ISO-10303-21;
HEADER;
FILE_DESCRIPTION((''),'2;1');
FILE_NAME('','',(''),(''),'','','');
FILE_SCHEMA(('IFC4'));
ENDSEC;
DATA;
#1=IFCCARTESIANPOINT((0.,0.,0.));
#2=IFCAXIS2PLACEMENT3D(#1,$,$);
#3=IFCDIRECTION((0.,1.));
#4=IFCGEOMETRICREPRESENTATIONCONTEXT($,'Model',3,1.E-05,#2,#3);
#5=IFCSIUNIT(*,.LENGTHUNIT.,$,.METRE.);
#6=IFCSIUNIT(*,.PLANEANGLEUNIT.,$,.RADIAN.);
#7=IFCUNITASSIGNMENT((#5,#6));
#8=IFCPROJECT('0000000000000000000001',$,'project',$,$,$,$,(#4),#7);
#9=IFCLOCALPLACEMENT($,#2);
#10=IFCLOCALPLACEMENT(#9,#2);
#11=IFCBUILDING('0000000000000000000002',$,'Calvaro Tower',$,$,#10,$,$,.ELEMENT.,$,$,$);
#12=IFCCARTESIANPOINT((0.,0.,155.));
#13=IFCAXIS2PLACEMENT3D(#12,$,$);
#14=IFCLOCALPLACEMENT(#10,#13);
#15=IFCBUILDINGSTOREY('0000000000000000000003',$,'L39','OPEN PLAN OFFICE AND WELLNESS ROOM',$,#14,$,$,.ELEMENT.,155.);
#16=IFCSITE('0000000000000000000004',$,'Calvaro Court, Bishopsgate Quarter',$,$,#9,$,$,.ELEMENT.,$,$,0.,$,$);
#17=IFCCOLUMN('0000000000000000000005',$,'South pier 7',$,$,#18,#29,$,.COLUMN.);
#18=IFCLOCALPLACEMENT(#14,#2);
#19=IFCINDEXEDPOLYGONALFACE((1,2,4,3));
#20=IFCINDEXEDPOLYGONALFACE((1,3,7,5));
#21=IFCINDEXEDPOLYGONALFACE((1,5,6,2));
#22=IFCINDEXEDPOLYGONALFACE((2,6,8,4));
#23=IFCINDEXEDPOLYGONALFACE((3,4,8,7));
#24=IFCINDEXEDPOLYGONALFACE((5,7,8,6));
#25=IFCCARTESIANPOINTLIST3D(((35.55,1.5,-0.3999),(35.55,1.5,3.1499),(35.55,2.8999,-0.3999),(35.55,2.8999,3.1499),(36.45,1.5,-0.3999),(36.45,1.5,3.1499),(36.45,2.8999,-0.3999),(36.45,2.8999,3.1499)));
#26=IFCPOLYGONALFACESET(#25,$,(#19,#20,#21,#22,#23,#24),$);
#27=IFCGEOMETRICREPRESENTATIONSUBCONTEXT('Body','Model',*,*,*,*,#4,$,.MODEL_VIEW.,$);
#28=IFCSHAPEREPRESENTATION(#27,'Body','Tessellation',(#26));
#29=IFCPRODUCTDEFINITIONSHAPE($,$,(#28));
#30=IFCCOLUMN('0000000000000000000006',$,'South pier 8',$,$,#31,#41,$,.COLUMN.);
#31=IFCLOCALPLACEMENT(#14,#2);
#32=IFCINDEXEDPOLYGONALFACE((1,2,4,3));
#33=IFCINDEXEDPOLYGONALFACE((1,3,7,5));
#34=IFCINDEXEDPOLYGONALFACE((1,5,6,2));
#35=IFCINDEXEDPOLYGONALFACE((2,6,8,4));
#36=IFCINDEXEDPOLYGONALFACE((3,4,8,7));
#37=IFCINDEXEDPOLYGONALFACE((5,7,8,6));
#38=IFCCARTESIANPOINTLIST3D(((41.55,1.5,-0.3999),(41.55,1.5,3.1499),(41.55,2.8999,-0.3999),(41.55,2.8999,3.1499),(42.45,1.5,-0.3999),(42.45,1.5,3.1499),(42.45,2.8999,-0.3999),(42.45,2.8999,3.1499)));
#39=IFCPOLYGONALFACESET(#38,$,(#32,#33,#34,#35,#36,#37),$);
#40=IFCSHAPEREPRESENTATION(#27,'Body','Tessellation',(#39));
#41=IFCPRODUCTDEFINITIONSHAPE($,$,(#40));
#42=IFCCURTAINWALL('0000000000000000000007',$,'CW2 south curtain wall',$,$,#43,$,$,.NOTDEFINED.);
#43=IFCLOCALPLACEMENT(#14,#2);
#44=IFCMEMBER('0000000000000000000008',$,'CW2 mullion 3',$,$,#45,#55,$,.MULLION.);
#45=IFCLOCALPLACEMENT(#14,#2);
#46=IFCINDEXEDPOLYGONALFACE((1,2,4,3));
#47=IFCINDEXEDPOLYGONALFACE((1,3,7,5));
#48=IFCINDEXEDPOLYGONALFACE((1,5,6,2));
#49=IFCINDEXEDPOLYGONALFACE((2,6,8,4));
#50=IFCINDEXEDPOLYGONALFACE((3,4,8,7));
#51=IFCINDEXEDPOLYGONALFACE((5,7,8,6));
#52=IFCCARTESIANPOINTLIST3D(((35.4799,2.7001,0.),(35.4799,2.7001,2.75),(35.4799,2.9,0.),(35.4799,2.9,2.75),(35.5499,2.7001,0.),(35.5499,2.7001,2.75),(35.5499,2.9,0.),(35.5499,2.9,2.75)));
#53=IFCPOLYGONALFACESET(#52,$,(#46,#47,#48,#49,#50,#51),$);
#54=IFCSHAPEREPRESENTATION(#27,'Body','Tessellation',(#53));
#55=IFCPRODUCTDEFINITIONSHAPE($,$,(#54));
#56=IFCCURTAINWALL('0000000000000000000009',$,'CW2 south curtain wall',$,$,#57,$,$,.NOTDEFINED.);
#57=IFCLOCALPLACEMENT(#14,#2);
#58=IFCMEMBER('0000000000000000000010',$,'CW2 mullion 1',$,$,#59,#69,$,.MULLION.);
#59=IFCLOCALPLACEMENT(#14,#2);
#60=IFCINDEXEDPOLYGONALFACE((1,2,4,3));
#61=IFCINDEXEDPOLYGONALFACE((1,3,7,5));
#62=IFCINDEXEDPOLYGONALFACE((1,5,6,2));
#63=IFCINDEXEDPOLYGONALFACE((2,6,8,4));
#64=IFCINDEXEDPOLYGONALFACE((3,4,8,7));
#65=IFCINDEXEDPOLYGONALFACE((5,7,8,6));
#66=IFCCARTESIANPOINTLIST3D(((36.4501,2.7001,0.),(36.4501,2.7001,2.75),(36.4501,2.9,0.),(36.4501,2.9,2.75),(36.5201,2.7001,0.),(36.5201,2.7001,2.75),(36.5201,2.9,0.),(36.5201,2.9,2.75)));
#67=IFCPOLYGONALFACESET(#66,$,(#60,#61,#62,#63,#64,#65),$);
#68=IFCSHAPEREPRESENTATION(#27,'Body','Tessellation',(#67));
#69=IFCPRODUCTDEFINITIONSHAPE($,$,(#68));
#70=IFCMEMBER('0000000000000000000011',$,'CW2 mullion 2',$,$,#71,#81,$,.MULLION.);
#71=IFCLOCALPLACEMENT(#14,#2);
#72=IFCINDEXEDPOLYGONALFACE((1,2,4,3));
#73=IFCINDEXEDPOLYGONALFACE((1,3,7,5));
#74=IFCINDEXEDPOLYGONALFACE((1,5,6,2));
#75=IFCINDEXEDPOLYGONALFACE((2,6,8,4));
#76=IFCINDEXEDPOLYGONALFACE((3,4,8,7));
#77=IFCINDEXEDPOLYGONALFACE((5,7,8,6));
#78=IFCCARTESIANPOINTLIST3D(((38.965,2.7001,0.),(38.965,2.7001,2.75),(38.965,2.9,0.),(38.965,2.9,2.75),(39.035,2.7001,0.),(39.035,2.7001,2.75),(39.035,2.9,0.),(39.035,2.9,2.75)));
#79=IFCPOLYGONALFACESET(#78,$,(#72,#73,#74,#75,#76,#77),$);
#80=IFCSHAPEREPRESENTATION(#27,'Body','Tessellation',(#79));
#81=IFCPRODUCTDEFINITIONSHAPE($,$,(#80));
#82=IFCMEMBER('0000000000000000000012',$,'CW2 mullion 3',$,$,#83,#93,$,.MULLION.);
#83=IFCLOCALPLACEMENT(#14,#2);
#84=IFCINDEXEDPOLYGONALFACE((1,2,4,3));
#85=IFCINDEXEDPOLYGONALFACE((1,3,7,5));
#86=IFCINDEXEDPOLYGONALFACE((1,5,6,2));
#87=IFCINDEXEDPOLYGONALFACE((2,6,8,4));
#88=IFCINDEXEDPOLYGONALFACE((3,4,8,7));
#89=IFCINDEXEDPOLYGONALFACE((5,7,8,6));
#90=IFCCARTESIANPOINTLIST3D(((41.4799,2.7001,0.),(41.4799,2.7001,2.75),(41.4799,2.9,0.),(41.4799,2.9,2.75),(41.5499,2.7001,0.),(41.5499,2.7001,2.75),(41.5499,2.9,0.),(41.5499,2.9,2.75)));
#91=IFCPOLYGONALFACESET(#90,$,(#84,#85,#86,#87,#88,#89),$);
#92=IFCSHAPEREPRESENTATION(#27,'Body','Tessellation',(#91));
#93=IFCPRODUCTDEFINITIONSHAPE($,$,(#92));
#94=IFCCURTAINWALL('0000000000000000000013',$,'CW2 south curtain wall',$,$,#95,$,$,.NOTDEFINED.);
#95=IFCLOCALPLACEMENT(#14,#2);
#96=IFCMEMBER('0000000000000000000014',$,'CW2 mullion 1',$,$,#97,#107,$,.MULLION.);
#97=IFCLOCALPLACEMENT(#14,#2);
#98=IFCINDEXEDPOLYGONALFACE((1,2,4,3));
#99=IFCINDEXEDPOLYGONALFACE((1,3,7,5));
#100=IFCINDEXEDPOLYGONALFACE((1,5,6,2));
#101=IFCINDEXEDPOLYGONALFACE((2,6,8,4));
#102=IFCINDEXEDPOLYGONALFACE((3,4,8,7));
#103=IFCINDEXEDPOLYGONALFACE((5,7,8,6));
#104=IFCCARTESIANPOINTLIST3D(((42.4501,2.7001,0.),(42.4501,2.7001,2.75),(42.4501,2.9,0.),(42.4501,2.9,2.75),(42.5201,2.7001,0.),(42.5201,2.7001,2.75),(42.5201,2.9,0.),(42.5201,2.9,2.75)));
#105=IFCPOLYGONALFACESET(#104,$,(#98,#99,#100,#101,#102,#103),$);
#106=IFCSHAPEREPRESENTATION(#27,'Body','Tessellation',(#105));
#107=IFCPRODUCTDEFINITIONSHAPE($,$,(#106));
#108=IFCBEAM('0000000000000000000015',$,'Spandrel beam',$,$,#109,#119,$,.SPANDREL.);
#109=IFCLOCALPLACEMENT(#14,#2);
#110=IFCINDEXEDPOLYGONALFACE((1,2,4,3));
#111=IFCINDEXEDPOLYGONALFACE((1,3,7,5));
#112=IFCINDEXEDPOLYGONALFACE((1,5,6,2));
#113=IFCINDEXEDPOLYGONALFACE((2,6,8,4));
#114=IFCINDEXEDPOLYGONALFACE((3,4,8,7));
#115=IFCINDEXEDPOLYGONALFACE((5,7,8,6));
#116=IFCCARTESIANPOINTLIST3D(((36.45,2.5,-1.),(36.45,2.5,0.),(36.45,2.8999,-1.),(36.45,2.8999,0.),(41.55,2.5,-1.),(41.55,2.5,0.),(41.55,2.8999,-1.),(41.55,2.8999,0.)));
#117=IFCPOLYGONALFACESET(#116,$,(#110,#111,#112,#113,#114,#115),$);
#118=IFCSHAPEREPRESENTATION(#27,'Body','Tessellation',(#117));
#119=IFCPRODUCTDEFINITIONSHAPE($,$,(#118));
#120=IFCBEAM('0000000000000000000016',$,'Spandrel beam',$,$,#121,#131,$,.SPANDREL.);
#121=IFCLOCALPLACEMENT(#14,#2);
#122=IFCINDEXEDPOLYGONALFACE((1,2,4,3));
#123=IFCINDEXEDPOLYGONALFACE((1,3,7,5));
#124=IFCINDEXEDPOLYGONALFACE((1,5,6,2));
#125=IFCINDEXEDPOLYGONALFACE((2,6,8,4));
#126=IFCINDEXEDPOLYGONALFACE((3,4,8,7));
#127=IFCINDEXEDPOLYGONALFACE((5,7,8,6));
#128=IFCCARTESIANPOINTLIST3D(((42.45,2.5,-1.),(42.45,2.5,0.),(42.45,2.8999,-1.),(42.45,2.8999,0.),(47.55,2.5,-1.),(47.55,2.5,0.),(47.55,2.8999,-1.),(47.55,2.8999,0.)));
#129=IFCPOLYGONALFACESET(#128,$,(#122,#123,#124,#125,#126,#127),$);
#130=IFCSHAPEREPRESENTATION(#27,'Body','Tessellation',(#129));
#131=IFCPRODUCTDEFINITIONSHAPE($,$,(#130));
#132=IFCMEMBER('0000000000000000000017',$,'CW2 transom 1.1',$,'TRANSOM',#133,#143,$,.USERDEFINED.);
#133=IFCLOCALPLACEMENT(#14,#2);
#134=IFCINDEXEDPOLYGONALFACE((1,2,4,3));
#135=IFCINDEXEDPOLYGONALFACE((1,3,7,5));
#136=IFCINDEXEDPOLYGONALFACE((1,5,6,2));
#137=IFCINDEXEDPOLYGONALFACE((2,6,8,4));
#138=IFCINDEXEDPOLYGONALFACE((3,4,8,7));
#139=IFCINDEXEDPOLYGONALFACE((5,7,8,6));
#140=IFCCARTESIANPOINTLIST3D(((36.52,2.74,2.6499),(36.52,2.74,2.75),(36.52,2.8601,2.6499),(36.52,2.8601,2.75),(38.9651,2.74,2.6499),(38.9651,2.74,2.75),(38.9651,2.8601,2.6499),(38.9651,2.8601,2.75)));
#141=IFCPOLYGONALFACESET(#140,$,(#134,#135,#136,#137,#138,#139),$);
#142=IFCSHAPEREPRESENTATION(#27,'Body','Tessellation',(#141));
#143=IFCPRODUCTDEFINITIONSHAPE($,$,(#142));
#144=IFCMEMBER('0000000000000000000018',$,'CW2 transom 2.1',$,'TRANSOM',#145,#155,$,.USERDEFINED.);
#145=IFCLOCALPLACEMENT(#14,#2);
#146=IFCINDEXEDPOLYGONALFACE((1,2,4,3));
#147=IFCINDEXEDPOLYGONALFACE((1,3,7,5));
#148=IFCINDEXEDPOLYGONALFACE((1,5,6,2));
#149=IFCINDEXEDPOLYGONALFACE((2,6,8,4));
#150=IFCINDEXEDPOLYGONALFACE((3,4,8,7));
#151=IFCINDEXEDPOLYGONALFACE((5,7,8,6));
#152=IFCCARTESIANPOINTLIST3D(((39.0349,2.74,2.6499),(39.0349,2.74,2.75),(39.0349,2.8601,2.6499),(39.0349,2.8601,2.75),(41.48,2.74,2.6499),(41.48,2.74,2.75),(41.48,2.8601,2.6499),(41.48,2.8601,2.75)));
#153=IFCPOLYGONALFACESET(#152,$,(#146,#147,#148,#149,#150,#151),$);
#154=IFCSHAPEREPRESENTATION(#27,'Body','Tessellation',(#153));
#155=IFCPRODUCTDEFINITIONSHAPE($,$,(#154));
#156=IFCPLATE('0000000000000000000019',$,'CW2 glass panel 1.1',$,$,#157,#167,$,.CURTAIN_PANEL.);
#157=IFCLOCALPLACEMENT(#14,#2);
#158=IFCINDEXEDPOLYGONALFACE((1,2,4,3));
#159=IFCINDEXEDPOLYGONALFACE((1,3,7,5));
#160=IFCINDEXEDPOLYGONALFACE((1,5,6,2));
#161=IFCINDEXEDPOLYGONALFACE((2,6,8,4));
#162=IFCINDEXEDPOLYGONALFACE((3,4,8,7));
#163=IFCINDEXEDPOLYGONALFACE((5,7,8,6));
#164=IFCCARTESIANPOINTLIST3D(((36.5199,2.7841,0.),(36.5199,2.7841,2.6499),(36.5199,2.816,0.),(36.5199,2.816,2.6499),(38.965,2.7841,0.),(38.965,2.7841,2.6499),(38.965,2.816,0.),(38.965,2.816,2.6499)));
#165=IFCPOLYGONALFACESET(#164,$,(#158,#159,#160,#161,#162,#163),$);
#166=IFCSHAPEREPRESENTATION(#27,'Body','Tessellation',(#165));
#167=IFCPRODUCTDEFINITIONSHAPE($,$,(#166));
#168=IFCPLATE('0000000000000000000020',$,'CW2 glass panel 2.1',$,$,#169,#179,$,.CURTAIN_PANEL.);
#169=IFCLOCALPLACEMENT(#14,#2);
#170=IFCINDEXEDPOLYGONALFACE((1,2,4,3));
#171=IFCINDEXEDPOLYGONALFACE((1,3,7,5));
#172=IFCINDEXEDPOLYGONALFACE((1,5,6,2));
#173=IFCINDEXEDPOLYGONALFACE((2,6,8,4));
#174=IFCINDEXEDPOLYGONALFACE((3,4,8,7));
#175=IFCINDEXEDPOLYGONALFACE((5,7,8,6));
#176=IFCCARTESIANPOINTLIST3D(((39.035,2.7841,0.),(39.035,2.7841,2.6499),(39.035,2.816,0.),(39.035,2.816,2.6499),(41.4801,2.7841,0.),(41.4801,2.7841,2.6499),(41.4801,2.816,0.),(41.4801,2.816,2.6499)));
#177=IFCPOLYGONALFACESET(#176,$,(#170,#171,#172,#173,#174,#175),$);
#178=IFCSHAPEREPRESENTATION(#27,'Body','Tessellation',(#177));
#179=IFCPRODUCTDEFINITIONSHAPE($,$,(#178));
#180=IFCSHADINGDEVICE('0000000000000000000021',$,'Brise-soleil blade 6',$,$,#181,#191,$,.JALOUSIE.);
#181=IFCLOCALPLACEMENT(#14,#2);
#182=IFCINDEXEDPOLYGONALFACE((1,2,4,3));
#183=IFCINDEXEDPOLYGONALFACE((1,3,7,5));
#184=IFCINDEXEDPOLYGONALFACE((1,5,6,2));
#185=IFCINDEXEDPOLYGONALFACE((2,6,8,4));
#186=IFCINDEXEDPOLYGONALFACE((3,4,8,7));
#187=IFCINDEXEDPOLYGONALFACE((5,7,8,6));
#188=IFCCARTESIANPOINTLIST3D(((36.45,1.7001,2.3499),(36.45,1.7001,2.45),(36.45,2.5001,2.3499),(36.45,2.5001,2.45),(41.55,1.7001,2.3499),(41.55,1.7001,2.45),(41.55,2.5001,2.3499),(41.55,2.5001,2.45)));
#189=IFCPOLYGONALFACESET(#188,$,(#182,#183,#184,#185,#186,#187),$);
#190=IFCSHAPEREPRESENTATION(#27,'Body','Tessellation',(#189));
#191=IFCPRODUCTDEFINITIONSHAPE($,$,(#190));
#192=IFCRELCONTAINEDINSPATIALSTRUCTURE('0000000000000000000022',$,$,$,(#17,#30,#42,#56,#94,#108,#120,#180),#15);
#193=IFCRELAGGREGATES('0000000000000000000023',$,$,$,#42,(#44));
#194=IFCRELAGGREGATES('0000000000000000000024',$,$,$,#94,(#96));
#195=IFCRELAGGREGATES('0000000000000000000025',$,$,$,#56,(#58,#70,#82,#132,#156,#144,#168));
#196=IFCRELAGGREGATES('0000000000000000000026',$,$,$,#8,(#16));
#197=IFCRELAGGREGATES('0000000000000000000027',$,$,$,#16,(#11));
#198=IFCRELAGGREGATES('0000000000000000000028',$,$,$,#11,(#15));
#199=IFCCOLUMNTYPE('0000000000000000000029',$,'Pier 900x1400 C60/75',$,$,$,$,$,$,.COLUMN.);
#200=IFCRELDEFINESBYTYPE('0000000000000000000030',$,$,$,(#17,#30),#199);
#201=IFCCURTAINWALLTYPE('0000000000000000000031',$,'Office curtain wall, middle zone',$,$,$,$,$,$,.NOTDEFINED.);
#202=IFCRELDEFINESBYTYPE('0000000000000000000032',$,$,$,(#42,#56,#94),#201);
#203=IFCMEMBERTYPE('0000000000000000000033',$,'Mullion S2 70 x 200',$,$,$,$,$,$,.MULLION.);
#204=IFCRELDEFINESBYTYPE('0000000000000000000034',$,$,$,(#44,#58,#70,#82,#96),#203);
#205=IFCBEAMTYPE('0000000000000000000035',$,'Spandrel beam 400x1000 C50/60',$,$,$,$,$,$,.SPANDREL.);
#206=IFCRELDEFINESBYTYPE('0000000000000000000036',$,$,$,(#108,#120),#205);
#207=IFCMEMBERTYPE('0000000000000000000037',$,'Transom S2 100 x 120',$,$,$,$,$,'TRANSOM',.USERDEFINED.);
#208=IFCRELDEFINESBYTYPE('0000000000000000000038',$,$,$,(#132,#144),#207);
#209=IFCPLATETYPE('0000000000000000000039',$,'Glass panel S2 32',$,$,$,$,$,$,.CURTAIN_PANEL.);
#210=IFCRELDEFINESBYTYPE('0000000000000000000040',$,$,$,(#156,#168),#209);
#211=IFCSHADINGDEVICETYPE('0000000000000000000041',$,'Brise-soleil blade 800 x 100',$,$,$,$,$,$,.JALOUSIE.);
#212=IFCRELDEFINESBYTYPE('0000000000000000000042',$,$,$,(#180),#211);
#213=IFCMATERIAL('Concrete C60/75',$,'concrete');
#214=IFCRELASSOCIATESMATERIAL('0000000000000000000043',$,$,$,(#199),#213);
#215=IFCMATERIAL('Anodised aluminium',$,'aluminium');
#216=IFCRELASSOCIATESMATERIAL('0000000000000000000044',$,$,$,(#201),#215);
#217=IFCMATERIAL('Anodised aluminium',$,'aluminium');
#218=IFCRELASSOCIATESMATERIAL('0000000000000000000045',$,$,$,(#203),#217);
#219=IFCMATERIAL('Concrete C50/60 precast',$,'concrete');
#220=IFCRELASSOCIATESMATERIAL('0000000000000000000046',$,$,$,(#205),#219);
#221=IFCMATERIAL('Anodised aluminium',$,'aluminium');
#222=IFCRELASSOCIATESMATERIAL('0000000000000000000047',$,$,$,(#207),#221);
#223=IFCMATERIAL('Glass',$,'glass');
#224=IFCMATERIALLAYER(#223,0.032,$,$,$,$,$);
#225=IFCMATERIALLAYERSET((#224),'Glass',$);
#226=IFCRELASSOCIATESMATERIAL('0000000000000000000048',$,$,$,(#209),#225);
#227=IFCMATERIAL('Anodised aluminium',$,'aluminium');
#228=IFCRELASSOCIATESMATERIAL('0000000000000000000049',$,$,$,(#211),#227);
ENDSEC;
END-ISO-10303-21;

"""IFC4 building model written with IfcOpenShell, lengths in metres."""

from ifc_helpers import new_model, si_unit, direction, frame, origin, origin_2d, place, context, subcontext, project, spatial, rectangle, extrude, material, layer, layer_set, material_profile, profile_set, type_object, element, aggregate, save


model = new_model("IFC4")

# Units and contexts
model_context = context("Model", 3, precision=1e-05, world=origin(), true_north=direction((0.0, 1.0)))
body_context = subcontext(model_context, "Body", "Model", "MODEL_VIEW")
ifc_project = project(units=[si_unit("LENGTHUNIT", "METRE"), si_unit("PLANEANGLEUNIT", "RADIAN")], contexts=[model_context])

# Site, building, storey
site_placement = place(None, origin())
site = spatial("IfcSite", under=ifc_project, at=site_placement, Name="Calvaro Court, Bishopsgate Quarter", CompositionType="ELEMENT", RefElevation=0.0)
building_placement = place(site_placement, origin())
building = spatial("IfcBuilding", under=site, at=building_placement, Name="Calvaro Tower", CompositionType="ELEMENT")
storey_placement = place(building_placement, frame((0.0, 0.0, 155.0)))
storey = spatial("IfcBuildingStorey", under=building, at=storey_placement, Name="L39", Description="OPEN PLAN OFFICE AND WELLNESS ROOM", CompositionType="ELEMENT", Elevation=155.0)

# Columns
ifc_material_1 = material(Name="Concrete C60/75", Category="concrete")
ifc_material_profile_1 = material_profile(ifc_material_1, rectangle(XDim=0.8999, YDim=1.3999, at=origin_2d()), Name="RC 900x1400")
ifc_profile_set_1 = profile_set([ifc_material_profile_1], Name="Concrete C60/75")
column_type = type_object("IfcColumnType", Name="Pier 900x1400 C60/75", PredefinedType="COLUMN", material=ifc_profile_set_1)
for number, where, z_axis, x_axis, name in (
    (1, (36.0, 2.2, -0.3999), (0.0, 0.0, 1.0), (1.0, 0.0, 0.0), "South pier 7"),
    (2, (42.0, 2.2, -0.3999), (0.0, 0.0, 1.0), (1.0, 0.0, 0.0), "South pier 8"),
):
    element("IfcColumn", number, at=place(storey_placement, frame(where, z_axis=z_axis, x_axis=x_axis)), inside=storey, type_object=column_type, Name=name, PredefinedType="COLUMN", context=body_context, shape_type="SweptSolid", body=[
        extrude(rectangle(XDim=0.8999, YDim=1.3999, at=origin_2d()), origin(), (0.0, 0.0, 1.0), 3.5498),
    ])

# Curtain wall, member
ifc_material_2 = material(Name="Anodised aluminium", Category="aluminium")
curtain_wall_type = type_object("IfcCurtainWallType", Name="Office curtain wall, middle zone", PredefinedType="NOTDEFINED", material=ifc_material_2)
curtain_wall_1_placement = place(storey_placement, origin())
curtain_wall_1 = element("IfcCurtainWall", 3, at=curtain_wall_1_placement, inside=storey, type_object=curtain_wall_type, Name="CW2 south curtain wall", PredefinedType="NOTDEFINED")
ifc_material_3 = material(Name="Anodised aluminium", Category="aluminium")
ifc_material_profile_2 = material_profile(ifc_material_3, rectangle(XDim=0.2, YDim=0.0701, at=origin_2d()), Name="Mullion S2 70 x 200")
ifc_profile_set_2 = profile_set([ifc_material_profile_2], Name="Anodised aluminium")
member_type_1 = type_object("IfcMemberType", Name="Mullion S2 70 x 200", PredefinedType="MULLION", material=ifc_profile_set_2)
member_1_placement = place(storey_placement, frame((35.5149, 2.8, 0.0), z_axis=(0.0, 0.0, 1.0), x_axis=(0.0, 1.0, 0.0)))
member_1 = element("IfcMember", 4, at=member_1_placement, type_object=member_type_1, Name="CW2 mullion 3", PredefinedType="MULLION", context=body_context, shape_type="SweptSolid", body=[
    extrude(rectangle(XDim=0.2, YDim=0.0701, at=origin_2d()), origin(), (0.0, 0.0, 1.0), 2.75),
])
aggregate(curtain_wall_1, [member_1])

# Curtain wall, members
curtain_wall_2_placement = place(storey_placement, origin())
curtain_wall_2 = element("IfcCurtainWall", 5, at=curtain_wall_2_placement, inside=storey, type_object=curtain_wall_type, Name="CW2 south curtain wall", PredefinedType="NOTDEFINED")
member_2_placement = place(storey_placement, frame((36.4851, 2.8, 0.0), z_axis=(0.0, 0.0, 1.0), x_axis=(0.0, 1.0, 0.0)))
member_2 = element("IfcMember", 6, at=member_2_placement, type_object=member_type_1, Name="CW2 mullion 1", PredefinedType="MULLION", context=body_context, shape_type="SweptSolid", body=[
    extrude(rectangle(XDim=0.2, YDim=0.0701, at=origin_2d()), origin(), (0.0, 0.0, 1.0), 2.75),
])
member_3_placement = place(storey_placement, frame((39.0, 2.8, 0.0), z_axis=(0.0, 0.0, 1.0), x_axis=(0.0, 1.0, 0.0)))
member_3 = element("IfcMember", 7, at=member_3_placement, type_object=member_type_1, Name="CW2 mullion 2", PredefinedType="MULLION", context=body_context, shape_type="SweptSolid", body=[
    extrude(rectangle(XDim=0.2, YDim=0.0701, at=origin_2d()), origin(), (0.0, 0.0, 1.0), 2.75),
])
member_4_placement = place(storey_placement, frame((41.5149, 2.8, 0.0), z_axis=(0.0, 0.0, 1.0), x_axis=(0.0, 1.0, 0.0)))
member_4 = element("IfcMember", 8, at=member_4_placement, type_object=member_type_1, Name="CW2 mullion 3", PredefinedType="MULLION", context=body_context, shape_type="SweptSolid", body=[
    extrude(rectangle(XDim=0.2, YDim=0.0701, at=origin_2d()), origin(), (0.0, 0.0, 1.0), 2.75),
])

# Curtain wall, member
curtain_wall_3_placement = place(storey_placement, origin())
curtain_wall_3 = element("IfcCurtainWall", 9, at=curtain_wall_3_placement, inside=storey, type_object=curtain_wall_type, Name="CW2 south curtain wall", PredefinedType="NOTDEFINED")
member_5_placement = place(storey_placement, frame((42.4851, 2.8, 0.0), z_axis=(0.0, 0.0, 1.0), x_axis=(0.0, 1.0, 0.0)))
member_5 = element("IfcMember", 10, at=member_5_placement, type_object=member_type_1, Name="CW2 mullion 1", PredefinedType="MULLION", context=body_context, shape_type="SweptSolid", body=[
    extrude(rectangle(XDim=0.2, YDim=0.0701, at=origin_2d()), origin(), (0.0, 0.0, 1.0), 2.75),
])
aggregate(curtain_wall_3, [member_5])

# Beams
ifc_material_4 = material(Name="Concrete C50/60 precast", Category="concrete")
ifc_material_profile_3 = material_profile(ifc_material_4, rectangle(XDim=0.3999, YDim=1.0, at=origin_2d()), Name="RC 400x1000")
ifc_profile_set_3 = profile_set([ifc_material_profile_3], Name="Concrete C50/60 precast")
beam_type = type_object("IfcBeamType", Name="Spandrel beam 400x1000 C50/60", PredefinedType="SPANDREL", material=ifc_profile_set_3)
for number, where, z_axis, x_axis, name in (
    (11, (36.45, 2.7, -0.5), (1.0, 0.0, 0.0), (0.0, 1.0, 0.0), "Spandrel beam"),
    (12, (42.45, 2.7, -0.5), (1.0, 0.0, 0.0), (0.0, 1.0, 0.0), "Spandrel beam"),
):
    element("IfcBeam", number, at=place(storey_placement, frame(where, z_axis=z_axis, x_axis=x_axis)), inside=storey, type_object=beam_type, Name=name, PredefinedType="SPANDREL", context=body_context, shape_type="SweptSolid", body=[
        extrude(rectangle(XDim=0.3999, YDim=1.0, at=origin_2d()), origin(), (0.0, 0.0, 1.0), 5.1001),
    ])

# Members
ifc_material_5 = material(Name="Anodised aluminium", Category="aluminium")
ifc_material_profile_4 = material_profile(ifc_material_5, rectangle(XDim=0.1201, YDim=0.1001, at=origin_2d()), Name="Transom S2 100 x 120")
ifc_profile_set_4 = profile_set([ifc_material_profile_4], Name="Anodised aluminium")
member_type_2 = type_object("IfcMemberType", Name="Transom S2 100 x 120", ElementType="TRANSOM", PredefinedType="USERDEFINED", material=ifc_profile_set_4)
member_6_placement = place(storey_placement, frame((36.52, 2.8, 2.7), z_axis=(1.0, 0.0, 0.0), x_axis=(0.0, 1.0, 0.0)))
member_6 = element("IfcMember", 13, at=member_6_placement, type_object=member_type_2, Name="CW2 transom 1.1", ObjectType="TRANSOM", PredefinedType="USERDEFINED", context=body_context, shape_type="SweptSolid", body=[
    extrude(rectangle(XDim=0.1201, YDim=0.1001, at=origin_2d()), origin(), (0.0, 0.0, 1.0), 2.4451),
])
member_7_placement = place(storey_placement, frame((39.0349, 2.8, 2.7), z_axis=(1.0, 0.0, 0.0), x_axis=(0.0, 1.0, 0.0)))
member_7 = element("IfcMember", 14, at=member_7_placement, type_object=member_type_2, Name="CW2 transom 2.1", ObjectType="TRANSOM", PredefinedType="USERDEFINED", context=body_context, shape_type="SweptSolid", body=[
    extrude(rectangle(XDim=0.1201, YDim=0.1001, at=origin_2d()), origin(), (0.0, 0.0, 1.0), 2.4451),
])

# Plates
ifc_material_6 = material(Name="Glass", Category="glass")
ifc_layer = layer(ifc_material_6, 0.032)
ifc_layer_set = layer_set([ifc_layer], Name="Glass")
plate_type = type_object("IfcPlateType", Name="Glass panel S2 32", PredefinedType="CURTAIN_PANEL", material=ifc_layer_set)
plate_1_placement = place(storey_placement, frame((37.7424, 2.8, 0.0), z_axis=(0.0, 0.0, 1.0), x_axis=(1.0, 0.0, 0.0)))
plate_1 = element("IfcPlate", 15, at=plate_1_placement, type_object=plate_type, Name="CW2 glass panel 1.1", PredefinedType="CURTAIN_PANEL", context=body_context, shape_type="SweptSolid", body=[
    extrude(rectangle(XDim=2.4451, YDim=0.032, at=origin_2d()), origin(), (0.0, 0.0, 1.0), 2.6499),
])
plate_2_placement = place(storey_placement, frame((40.2576, 2.8, 0.0), z_axis=(0.0, 0.0, 1.0), x_axis=(1.0, 0.0, 0.0)))
plate_2 = element("IfcPlate", 16, at=plate_2_placement, type_object=plate_type, Name="CW2 glass panel 2.1", PredefinedType="CURTAIN_PANEL", context=body_context, shape_type="SweptSolid", body=[
    extrude(rectangle(XDim=2.4451, YDim=0.032, at=origin_2d()), origin(), (0.0, 0.0, 1.0), 2.6499),
])
aggregate(curtain_wall_2, [member_2, member_3, member_4, member_6, plate_1, member_7, plate_2])

# Shading device
ifc_material_7 = material(Name="Anodised aluminium", Category="aluminium")
ifc_material_profile_5 = material_profile(ifc_material_7, rectangle(XDim=0.8, YDim=0.1001, at=origin_2d()), Name="Brise-soleil blade 800 x 100")
ifc_profile_set_5 = profile_set([ifc_material_profile_5], Name="Anodised aluminium")
shading_device_type = type_object("IfcShadingDeviceType", Name="Brise-soleil blade 800 x 100", PredefinedType="JALOUSIE", material=ifc_profile_set_5)
for number, where, z_axis, x_axis, name in (
    (17, (36.45, 2.1001, 2.3999), (1.0, 0.0, 0.0), (0.0, 1.0, 0.0), "Brise-soleil blade 6"),
):
    element("IfcShadingDevice", number, at=place(storey_placement, frame(where, z_axis=z_axis, x_axis=x_axis)), inside=storey, type_object=shading_device_type, Name=name, PredefinedType="JALOUSIE", context=body_context, shape_type="SweptSolid", body=[
        extrude(rectangle(XDim=0.8, YDim=0.1001, at=origin_2d()), origin(), (0.0, 0.0, 1.0), 5.1001),
    ])

save(model, "model.ifc")
